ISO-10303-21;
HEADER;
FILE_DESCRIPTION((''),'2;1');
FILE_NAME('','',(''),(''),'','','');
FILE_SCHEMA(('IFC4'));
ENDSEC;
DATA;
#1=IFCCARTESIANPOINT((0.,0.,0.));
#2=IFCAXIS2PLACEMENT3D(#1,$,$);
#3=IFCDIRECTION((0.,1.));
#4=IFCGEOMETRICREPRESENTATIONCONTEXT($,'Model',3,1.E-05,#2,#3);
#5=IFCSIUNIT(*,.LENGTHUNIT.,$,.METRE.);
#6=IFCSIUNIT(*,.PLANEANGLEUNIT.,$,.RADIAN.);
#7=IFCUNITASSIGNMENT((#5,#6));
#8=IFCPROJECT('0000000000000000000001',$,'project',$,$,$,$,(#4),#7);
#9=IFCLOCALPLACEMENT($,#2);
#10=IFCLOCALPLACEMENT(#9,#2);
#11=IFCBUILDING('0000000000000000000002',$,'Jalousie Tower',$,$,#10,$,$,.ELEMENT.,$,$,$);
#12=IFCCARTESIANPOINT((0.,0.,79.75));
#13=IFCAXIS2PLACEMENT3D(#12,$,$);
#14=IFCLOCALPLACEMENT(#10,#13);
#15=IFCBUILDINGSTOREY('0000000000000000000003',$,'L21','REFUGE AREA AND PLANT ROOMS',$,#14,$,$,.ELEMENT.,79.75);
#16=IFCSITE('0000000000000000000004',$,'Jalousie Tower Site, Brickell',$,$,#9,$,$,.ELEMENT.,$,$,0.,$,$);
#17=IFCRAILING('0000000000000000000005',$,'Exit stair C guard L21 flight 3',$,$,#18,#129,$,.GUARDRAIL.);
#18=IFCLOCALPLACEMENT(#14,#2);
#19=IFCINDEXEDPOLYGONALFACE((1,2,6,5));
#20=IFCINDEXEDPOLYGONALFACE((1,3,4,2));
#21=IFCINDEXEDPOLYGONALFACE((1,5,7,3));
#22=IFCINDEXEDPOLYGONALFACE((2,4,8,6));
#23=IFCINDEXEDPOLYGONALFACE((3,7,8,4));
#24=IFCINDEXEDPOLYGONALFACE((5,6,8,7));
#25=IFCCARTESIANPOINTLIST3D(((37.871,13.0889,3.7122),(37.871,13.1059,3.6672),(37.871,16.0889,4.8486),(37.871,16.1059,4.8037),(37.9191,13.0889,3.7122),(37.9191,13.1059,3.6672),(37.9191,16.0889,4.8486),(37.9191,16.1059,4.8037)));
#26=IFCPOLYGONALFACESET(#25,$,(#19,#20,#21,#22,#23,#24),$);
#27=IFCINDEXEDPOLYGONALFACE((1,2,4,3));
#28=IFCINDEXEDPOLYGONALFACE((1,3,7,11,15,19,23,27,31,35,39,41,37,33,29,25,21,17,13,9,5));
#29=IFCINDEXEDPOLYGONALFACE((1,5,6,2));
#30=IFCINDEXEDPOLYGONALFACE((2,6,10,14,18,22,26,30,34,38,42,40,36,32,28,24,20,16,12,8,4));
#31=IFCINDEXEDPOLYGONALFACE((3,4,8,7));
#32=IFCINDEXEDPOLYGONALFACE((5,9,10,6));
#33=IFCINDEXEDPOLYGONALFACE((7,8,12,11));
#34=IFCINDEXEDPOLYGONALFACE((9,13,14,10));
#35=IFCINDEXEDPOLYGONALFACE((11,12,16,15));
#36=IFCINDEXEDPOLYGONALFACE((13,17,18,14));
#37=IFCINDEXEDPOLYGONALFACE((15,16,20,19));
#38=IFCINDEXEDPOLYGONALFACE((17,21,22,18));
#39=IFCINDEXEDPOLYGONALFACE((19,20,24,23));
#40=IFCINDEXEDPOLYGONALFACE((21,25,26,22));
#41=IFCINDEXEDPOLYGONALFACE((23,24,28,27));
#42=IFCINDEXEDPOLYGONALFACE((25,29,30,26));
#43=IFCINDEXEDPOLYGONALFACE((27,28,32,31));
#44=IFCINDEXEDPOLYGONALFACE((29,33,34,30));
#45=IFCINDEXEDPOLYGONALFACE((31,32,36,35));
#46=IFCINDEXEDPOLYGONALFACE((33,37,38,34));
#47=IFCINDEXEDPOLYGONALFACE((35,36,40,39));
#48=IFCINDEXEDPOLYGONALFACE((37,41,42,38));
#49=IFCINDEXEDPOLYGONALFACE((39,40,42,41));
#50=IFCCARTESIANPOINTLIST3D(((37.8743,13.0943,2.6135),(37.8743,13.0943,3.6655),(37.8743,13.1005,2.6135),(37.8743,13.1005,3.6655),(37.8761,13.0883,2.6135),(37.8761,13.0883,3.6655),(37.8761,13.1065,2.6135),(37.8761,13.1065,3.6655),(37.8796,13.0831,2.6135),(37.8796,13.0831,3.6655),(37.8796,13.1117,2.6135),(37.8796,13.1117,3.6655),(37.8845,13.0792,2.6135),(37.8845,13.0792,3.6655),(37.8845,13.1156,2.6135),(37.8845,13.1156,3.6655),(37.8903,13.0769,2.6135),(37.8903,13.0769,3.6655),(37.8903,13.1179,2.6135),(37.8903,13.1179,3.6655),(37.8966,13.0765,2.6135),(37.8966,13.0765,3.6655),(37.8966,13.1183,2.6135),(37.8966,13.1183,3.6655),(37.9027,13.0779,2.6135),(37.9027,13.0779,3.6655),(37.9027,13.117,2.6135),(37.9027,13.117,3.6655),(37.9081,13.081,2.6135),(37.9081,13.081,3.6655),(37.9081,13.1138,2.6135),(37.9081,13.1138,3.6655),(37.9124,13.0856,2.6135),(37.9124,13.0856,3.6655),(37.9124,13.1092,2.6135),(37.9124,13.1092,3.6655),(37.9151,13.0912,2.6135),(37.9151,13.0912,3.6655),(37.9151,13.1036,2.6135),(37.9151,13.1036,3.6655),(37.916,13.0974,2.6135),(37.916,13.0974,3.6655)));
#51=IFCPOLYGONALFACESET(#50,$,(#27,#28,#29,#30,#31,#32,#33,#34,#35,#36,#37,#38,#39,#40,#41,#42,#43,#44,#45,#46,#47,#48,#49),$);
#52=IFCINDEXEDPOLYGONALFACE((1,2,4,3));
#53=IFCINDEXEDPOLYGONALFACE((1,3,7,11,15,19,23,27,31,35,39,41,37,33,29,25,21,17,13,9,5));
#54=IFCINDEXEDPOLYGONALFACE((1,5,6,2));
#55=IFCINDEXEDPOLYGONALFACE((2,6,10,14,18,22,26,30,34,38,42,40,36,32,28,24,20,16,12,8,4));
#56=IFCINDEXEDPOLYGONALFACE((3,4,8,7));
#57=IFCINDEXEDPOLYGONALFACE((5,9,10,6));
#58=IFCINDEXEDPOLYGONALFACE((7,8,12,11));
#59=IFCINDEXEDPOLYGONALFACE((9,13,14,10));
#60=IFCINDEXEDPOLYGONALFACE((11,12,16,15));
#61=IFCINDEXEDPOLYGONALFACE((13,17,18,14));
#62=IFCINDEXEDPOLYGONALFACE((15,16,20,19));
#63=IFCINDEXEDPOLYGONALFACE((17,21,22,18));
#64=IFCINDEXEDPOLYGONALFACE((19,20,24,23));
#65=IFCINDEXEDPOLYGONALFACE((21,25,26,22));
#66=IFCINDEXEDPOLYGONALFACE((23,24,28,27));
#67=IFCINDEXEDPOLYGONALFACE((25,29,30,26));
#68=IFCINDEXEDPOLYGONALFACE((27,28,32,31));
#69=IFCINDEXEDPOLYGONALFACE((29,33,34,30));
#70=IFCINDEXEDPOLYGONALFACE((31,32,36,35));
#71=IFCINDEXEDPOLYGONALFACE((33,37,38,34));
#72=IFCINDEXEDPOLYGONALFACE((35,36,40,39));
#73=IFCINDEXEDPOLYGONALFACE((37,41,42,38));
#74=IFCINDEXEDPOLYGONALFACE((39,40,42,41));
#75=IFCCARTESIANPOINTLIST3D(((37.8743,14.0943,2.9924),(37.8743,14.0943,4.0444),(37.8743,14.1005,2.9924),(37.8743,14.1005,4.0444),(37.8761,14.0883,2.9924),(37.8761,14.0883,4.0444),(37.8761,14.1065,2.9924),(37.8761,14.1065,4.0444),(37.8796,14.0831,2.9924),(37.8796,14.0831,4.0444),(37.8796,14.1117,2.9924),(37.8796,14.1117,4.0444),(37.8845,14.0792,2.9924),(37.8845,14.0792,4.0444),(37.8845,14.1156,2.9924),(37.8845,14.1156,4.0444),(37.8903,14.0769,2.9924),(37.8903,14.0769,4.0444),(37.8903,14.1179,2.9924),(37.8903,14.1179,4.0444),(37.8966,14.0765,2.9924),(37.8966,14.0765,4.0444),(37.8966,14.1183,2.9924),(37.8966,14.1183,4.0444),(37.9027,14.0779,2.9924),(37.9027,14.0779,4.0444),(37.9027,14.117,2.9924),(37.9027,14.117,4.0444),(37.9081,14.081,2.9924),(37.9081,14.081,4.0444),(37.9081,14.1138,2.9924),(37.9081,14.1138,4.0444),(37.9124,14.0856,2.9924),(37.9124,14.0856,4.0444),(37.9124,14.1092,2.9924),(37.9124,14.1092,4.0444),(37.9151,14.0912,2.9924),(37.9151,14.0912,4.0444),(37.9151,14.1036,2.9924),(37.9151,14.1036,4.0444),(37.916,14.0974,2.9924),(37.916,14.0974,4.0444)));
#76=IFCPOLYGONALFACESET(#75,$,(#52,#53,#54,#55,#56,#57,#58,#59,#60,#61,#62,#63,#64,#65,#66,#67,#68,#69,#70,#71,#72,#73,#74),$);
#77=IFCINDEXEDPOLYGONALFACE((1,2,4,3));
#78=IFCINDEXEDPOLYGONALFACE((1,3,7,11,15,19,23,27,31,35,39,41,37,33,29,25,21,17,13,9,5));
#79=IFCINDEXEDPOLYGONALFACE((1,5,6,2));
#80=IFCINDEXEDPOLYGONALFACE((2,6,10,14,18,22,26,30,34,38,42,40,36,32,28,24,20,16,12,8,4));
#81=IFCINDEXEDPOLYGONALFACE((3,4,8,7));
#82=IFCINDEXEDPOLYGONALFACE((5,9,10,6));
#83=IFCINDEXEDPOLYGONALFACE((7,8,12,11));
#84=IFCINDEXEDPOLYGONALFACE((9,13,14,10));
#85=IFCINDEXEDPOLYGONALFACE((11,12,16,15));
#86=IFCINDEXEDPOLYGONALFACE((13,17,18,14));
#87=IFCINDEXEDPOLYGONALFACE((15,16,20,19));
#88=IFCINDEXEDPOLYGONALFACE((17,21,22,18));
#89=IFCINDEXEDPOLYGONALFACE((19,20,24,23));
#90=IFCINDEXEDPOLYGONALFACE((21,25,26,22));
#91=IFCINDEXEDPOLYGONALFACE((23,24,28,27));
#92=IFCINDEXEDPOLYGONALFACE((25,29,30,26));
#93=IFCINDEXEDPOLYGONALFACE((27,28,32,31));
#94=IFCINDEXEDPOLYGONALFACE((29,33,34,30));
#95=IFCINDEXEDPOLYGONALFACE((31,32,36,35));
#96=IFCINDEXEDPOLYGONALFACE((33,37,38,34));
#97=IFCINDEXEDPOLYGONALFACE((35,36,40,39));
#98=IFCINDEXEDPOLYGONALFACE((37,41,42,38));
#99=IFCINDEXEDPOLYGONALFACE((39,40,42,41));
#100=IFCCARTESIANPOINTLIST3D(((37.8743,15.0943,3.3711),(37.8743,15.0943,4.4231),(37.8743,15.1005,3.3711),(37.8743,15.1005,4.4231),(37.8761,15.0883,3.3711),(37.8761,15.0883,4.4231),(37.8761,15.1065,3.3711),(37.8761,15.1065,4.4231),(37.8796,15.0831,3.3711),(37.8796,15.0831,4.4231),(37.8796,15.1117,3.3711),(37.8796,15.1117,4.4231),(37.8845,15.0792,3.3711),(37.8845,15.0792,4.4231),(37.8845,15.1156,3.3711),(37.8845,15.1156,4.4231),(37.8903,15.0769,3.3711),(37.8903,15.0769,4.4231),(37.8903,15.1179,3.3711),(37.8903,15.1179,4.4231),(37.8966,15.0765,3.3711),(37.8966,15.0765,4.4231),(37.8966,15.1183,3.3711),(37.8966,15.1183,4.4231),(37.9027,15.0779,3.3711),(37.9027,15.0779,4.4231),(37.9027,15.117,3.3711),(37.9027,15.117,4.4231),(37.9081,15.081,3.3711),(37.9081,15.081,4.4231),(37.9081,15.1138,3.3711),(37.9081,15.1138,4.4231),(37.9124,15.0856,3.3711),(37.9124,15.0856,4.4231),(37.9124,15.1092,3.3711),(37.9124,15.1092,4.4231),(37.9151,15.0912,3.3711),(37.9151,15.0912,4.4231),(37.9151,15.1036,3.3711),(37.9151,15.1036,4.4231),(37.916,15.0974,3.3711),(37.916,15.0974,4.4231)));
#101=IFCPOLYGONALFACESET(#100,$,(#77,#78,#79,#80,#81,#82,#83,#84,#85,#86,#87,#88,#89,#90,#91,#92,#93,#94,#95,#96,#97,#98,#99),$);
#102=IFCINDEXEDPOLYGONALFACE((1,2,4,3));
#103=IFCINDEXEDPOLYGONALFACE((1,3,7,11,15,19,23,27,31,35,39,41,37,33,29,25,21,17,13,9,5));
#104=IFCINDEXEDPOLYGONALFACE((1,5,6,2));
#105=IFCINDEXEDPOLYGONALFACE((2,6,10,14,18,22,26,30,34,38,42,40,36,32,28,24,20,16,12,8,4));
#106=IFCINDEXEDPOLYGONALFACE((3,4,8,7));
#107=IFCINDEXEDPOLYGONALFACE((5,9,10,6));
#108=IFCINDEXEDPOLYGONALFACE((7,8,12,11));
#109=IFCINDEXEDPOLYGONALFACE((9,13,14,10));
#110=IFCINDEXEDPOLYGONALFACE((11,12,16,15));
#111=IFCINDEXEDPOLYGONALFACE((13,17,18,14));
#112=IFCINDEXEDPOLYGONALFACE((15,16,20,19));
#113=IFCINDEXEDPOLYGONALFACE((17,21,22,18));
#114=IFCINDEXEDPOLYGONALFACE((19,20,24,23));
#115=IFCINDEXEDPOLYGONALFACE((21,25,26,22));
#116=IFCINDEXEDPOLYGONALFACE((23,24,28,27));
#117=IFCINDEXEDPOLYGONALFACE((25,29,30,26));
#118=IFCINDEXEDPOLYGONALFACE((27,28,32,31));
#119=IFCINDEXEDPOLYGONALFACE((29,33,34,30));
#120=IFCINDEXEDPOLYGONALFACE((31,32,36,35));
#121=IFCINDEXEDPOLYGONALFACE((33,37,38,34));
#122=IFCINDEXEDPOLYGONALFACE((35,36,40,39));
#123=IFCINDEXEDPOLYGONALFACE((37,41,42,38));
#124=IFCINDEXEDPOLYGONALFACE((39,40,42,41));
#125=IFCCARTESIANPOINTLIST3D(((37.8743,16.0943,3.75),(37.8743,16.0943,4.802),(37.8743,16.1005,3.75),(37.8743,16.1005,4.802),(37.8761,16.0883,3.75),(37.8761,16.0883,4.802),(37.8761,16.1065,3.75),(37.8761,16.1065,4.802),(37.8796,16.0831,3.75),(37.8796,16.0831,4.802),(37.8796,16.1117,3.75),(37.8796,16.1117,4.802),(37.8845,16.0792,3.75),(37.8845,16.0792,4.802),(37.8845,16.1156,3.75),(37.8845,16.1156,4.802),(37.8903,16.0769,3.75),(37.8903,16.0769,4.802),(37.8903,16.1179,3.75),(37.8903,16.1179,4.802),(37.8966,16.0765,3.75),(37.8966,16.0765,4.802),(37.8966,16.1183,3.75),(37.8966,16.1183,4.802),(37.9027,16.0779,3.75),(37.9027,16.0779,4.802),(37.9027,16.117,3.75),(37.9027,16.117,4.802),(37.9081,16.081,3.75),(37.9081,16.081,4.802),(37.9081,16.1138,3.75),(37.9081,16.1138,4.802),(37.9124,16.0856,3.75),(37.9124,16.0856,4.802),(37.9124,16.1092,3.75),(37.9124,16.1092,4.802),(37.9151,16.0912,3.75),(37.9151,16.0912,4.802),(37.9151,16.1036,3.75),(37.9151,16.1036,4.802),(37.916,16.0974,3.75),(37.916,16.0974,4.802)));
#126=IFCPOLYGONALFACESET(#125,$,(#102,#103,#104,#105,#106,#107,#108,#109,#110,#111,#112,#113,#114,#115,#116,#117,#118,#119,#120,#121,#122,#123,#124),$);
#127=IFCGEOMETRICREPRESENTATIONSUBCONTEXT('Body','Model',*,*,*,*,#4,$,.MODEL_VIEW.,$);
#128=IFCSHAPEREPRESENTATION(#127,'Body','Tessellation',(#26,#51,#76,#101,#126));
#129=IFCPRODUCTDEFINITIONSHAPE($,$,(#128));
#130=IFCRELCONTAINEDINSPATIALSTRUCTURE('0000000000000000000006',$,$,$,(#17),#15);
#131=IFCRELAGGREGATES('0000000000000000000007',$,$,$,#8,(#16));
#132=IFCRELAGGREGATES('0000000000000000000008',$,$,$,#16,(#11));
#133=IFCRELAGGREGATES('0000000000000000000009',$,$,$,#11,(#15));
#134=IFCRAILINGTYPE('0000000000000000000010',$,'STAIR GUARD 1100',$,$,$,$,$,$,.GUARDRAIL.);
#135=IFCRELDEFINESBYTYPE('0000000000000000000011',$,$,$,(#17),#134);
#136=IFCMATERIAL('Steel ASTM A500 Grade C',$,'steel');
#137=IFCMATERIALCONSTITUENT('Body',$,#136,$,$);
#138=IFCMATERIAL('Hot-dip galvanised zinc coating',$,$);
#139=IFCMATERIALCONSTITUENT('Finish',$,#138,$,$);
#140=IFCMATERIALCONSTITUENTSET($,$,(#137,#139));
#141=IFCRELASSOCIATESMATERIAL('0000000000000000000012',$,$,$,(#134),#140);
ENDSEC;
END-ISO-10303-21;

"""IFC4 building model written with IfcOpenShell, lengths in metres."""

from ifc_helpers import new_model, si_unit, direction, frame, origin, origin_2d, place, context, subcontext, project, spatial, rectangle, circle, extrude, material, constituent, constituent_set, type_object, element, save


model = new_model("IFC4")

# Units and contexts
model_context = context("Model", 3, precision=1e-05, world=origin(), true_north=direction((0.0, 1.0)))
body_context = subcontext(model_context, "Body", "Model", "MODEL_VIEW")
ifc_project = project(units=[si_unit("LENGTHUNIT", "METRE"), si_unit("PLANEANGLEUNIT", "RADIAN")], contexts=[model_context])

# Site, building, storey
site_placement = place(None, origin())
site = spatial("IfcSite", under=ifc_project, at=site_placement, Name="Jalousie Tower Site, Brickell", CompositionType="ELEMENT", RefElevation=0.0)
building_placement = place(site_placement, origin())
building = spatial("IfcBuilding", under=site, at=building_placement, Name="Jalousie Tower", CompositionType="ELEMENT")
storey_placement = place(building_placement, frame((0.0, 0.0, 79.75)))
storey = spatial("IfcBuildingStorey", under=building, at=storey_placement, Name="L21", Description="REFUGE AREA AND PLANT ROOMS", CompositionType="ELEMENT", Elevation=79.75)

# Railing
ifc_material_1 = material(Name="Steel ASTM A500 Grade C", Category="steel")
ifc_constituent_1 = constituent(ifc_material_1, Name="Body")
ifc_material_2 = material(Name="Hot-dip galvanised zinc coating")
ifc_constituent_2 = constituent(ifc_material_2, Name="Finish")
ifc_constituent_set_1 = constituent_set(constituents=[ifc_constituent_1, ifc_constituent_2])
railing_type_1 = type_object("IfcRailingType", Name="STAIR GUARD 1100", PredefinedType="GUARDRAIL", material=ifc_constituent_set_1)
railing_1_placement = place(storey_placement, frame((37.895, 13.0974, 2.6135)))
element("IfcRailing", 1, at=railing_1_placement, inside=storey, type_object=railing_type_1, Name="Exit stair C guard L21 flight 3", PredefinedType="GUARDRAIL", context=body_context, shape_type="SweptSolid", body=[
    extrude(rectangle(XDim=0.0481, YDim=0.0481, at=origin_2d()), frame((0.0, 0.0, 1.0762), z_axis=(0.0, 0.935148, 0.354257), x_axis=(-1.0, 0.0, 0.0)), (0.0, 0.0, 1.0), 3.208),
    extrude(circle(Radius=0.021, at=origin_2d()), origin(), (0.0, 0.0, 1.0), 1.052),
    extrude(circle(Radius=0.021, at=origin_2d()), frame((0.0, 1.0, 0.3789)), (0.0, 0.0, 1.0), 1.052),
    extrude(circle(Radius=0.021, at=origin_2d()), frame((0.0, 2.0, 0.7576)), (0.0, 0.0, 1.0), 1.052),
    extrude(circle(Radius=0.021, at=origin_2d()), frame((0.0, 3.0, 1.1365)), (0.0, 0.0, 1.0), 1.052),
])

save(model, "model.ifc")
